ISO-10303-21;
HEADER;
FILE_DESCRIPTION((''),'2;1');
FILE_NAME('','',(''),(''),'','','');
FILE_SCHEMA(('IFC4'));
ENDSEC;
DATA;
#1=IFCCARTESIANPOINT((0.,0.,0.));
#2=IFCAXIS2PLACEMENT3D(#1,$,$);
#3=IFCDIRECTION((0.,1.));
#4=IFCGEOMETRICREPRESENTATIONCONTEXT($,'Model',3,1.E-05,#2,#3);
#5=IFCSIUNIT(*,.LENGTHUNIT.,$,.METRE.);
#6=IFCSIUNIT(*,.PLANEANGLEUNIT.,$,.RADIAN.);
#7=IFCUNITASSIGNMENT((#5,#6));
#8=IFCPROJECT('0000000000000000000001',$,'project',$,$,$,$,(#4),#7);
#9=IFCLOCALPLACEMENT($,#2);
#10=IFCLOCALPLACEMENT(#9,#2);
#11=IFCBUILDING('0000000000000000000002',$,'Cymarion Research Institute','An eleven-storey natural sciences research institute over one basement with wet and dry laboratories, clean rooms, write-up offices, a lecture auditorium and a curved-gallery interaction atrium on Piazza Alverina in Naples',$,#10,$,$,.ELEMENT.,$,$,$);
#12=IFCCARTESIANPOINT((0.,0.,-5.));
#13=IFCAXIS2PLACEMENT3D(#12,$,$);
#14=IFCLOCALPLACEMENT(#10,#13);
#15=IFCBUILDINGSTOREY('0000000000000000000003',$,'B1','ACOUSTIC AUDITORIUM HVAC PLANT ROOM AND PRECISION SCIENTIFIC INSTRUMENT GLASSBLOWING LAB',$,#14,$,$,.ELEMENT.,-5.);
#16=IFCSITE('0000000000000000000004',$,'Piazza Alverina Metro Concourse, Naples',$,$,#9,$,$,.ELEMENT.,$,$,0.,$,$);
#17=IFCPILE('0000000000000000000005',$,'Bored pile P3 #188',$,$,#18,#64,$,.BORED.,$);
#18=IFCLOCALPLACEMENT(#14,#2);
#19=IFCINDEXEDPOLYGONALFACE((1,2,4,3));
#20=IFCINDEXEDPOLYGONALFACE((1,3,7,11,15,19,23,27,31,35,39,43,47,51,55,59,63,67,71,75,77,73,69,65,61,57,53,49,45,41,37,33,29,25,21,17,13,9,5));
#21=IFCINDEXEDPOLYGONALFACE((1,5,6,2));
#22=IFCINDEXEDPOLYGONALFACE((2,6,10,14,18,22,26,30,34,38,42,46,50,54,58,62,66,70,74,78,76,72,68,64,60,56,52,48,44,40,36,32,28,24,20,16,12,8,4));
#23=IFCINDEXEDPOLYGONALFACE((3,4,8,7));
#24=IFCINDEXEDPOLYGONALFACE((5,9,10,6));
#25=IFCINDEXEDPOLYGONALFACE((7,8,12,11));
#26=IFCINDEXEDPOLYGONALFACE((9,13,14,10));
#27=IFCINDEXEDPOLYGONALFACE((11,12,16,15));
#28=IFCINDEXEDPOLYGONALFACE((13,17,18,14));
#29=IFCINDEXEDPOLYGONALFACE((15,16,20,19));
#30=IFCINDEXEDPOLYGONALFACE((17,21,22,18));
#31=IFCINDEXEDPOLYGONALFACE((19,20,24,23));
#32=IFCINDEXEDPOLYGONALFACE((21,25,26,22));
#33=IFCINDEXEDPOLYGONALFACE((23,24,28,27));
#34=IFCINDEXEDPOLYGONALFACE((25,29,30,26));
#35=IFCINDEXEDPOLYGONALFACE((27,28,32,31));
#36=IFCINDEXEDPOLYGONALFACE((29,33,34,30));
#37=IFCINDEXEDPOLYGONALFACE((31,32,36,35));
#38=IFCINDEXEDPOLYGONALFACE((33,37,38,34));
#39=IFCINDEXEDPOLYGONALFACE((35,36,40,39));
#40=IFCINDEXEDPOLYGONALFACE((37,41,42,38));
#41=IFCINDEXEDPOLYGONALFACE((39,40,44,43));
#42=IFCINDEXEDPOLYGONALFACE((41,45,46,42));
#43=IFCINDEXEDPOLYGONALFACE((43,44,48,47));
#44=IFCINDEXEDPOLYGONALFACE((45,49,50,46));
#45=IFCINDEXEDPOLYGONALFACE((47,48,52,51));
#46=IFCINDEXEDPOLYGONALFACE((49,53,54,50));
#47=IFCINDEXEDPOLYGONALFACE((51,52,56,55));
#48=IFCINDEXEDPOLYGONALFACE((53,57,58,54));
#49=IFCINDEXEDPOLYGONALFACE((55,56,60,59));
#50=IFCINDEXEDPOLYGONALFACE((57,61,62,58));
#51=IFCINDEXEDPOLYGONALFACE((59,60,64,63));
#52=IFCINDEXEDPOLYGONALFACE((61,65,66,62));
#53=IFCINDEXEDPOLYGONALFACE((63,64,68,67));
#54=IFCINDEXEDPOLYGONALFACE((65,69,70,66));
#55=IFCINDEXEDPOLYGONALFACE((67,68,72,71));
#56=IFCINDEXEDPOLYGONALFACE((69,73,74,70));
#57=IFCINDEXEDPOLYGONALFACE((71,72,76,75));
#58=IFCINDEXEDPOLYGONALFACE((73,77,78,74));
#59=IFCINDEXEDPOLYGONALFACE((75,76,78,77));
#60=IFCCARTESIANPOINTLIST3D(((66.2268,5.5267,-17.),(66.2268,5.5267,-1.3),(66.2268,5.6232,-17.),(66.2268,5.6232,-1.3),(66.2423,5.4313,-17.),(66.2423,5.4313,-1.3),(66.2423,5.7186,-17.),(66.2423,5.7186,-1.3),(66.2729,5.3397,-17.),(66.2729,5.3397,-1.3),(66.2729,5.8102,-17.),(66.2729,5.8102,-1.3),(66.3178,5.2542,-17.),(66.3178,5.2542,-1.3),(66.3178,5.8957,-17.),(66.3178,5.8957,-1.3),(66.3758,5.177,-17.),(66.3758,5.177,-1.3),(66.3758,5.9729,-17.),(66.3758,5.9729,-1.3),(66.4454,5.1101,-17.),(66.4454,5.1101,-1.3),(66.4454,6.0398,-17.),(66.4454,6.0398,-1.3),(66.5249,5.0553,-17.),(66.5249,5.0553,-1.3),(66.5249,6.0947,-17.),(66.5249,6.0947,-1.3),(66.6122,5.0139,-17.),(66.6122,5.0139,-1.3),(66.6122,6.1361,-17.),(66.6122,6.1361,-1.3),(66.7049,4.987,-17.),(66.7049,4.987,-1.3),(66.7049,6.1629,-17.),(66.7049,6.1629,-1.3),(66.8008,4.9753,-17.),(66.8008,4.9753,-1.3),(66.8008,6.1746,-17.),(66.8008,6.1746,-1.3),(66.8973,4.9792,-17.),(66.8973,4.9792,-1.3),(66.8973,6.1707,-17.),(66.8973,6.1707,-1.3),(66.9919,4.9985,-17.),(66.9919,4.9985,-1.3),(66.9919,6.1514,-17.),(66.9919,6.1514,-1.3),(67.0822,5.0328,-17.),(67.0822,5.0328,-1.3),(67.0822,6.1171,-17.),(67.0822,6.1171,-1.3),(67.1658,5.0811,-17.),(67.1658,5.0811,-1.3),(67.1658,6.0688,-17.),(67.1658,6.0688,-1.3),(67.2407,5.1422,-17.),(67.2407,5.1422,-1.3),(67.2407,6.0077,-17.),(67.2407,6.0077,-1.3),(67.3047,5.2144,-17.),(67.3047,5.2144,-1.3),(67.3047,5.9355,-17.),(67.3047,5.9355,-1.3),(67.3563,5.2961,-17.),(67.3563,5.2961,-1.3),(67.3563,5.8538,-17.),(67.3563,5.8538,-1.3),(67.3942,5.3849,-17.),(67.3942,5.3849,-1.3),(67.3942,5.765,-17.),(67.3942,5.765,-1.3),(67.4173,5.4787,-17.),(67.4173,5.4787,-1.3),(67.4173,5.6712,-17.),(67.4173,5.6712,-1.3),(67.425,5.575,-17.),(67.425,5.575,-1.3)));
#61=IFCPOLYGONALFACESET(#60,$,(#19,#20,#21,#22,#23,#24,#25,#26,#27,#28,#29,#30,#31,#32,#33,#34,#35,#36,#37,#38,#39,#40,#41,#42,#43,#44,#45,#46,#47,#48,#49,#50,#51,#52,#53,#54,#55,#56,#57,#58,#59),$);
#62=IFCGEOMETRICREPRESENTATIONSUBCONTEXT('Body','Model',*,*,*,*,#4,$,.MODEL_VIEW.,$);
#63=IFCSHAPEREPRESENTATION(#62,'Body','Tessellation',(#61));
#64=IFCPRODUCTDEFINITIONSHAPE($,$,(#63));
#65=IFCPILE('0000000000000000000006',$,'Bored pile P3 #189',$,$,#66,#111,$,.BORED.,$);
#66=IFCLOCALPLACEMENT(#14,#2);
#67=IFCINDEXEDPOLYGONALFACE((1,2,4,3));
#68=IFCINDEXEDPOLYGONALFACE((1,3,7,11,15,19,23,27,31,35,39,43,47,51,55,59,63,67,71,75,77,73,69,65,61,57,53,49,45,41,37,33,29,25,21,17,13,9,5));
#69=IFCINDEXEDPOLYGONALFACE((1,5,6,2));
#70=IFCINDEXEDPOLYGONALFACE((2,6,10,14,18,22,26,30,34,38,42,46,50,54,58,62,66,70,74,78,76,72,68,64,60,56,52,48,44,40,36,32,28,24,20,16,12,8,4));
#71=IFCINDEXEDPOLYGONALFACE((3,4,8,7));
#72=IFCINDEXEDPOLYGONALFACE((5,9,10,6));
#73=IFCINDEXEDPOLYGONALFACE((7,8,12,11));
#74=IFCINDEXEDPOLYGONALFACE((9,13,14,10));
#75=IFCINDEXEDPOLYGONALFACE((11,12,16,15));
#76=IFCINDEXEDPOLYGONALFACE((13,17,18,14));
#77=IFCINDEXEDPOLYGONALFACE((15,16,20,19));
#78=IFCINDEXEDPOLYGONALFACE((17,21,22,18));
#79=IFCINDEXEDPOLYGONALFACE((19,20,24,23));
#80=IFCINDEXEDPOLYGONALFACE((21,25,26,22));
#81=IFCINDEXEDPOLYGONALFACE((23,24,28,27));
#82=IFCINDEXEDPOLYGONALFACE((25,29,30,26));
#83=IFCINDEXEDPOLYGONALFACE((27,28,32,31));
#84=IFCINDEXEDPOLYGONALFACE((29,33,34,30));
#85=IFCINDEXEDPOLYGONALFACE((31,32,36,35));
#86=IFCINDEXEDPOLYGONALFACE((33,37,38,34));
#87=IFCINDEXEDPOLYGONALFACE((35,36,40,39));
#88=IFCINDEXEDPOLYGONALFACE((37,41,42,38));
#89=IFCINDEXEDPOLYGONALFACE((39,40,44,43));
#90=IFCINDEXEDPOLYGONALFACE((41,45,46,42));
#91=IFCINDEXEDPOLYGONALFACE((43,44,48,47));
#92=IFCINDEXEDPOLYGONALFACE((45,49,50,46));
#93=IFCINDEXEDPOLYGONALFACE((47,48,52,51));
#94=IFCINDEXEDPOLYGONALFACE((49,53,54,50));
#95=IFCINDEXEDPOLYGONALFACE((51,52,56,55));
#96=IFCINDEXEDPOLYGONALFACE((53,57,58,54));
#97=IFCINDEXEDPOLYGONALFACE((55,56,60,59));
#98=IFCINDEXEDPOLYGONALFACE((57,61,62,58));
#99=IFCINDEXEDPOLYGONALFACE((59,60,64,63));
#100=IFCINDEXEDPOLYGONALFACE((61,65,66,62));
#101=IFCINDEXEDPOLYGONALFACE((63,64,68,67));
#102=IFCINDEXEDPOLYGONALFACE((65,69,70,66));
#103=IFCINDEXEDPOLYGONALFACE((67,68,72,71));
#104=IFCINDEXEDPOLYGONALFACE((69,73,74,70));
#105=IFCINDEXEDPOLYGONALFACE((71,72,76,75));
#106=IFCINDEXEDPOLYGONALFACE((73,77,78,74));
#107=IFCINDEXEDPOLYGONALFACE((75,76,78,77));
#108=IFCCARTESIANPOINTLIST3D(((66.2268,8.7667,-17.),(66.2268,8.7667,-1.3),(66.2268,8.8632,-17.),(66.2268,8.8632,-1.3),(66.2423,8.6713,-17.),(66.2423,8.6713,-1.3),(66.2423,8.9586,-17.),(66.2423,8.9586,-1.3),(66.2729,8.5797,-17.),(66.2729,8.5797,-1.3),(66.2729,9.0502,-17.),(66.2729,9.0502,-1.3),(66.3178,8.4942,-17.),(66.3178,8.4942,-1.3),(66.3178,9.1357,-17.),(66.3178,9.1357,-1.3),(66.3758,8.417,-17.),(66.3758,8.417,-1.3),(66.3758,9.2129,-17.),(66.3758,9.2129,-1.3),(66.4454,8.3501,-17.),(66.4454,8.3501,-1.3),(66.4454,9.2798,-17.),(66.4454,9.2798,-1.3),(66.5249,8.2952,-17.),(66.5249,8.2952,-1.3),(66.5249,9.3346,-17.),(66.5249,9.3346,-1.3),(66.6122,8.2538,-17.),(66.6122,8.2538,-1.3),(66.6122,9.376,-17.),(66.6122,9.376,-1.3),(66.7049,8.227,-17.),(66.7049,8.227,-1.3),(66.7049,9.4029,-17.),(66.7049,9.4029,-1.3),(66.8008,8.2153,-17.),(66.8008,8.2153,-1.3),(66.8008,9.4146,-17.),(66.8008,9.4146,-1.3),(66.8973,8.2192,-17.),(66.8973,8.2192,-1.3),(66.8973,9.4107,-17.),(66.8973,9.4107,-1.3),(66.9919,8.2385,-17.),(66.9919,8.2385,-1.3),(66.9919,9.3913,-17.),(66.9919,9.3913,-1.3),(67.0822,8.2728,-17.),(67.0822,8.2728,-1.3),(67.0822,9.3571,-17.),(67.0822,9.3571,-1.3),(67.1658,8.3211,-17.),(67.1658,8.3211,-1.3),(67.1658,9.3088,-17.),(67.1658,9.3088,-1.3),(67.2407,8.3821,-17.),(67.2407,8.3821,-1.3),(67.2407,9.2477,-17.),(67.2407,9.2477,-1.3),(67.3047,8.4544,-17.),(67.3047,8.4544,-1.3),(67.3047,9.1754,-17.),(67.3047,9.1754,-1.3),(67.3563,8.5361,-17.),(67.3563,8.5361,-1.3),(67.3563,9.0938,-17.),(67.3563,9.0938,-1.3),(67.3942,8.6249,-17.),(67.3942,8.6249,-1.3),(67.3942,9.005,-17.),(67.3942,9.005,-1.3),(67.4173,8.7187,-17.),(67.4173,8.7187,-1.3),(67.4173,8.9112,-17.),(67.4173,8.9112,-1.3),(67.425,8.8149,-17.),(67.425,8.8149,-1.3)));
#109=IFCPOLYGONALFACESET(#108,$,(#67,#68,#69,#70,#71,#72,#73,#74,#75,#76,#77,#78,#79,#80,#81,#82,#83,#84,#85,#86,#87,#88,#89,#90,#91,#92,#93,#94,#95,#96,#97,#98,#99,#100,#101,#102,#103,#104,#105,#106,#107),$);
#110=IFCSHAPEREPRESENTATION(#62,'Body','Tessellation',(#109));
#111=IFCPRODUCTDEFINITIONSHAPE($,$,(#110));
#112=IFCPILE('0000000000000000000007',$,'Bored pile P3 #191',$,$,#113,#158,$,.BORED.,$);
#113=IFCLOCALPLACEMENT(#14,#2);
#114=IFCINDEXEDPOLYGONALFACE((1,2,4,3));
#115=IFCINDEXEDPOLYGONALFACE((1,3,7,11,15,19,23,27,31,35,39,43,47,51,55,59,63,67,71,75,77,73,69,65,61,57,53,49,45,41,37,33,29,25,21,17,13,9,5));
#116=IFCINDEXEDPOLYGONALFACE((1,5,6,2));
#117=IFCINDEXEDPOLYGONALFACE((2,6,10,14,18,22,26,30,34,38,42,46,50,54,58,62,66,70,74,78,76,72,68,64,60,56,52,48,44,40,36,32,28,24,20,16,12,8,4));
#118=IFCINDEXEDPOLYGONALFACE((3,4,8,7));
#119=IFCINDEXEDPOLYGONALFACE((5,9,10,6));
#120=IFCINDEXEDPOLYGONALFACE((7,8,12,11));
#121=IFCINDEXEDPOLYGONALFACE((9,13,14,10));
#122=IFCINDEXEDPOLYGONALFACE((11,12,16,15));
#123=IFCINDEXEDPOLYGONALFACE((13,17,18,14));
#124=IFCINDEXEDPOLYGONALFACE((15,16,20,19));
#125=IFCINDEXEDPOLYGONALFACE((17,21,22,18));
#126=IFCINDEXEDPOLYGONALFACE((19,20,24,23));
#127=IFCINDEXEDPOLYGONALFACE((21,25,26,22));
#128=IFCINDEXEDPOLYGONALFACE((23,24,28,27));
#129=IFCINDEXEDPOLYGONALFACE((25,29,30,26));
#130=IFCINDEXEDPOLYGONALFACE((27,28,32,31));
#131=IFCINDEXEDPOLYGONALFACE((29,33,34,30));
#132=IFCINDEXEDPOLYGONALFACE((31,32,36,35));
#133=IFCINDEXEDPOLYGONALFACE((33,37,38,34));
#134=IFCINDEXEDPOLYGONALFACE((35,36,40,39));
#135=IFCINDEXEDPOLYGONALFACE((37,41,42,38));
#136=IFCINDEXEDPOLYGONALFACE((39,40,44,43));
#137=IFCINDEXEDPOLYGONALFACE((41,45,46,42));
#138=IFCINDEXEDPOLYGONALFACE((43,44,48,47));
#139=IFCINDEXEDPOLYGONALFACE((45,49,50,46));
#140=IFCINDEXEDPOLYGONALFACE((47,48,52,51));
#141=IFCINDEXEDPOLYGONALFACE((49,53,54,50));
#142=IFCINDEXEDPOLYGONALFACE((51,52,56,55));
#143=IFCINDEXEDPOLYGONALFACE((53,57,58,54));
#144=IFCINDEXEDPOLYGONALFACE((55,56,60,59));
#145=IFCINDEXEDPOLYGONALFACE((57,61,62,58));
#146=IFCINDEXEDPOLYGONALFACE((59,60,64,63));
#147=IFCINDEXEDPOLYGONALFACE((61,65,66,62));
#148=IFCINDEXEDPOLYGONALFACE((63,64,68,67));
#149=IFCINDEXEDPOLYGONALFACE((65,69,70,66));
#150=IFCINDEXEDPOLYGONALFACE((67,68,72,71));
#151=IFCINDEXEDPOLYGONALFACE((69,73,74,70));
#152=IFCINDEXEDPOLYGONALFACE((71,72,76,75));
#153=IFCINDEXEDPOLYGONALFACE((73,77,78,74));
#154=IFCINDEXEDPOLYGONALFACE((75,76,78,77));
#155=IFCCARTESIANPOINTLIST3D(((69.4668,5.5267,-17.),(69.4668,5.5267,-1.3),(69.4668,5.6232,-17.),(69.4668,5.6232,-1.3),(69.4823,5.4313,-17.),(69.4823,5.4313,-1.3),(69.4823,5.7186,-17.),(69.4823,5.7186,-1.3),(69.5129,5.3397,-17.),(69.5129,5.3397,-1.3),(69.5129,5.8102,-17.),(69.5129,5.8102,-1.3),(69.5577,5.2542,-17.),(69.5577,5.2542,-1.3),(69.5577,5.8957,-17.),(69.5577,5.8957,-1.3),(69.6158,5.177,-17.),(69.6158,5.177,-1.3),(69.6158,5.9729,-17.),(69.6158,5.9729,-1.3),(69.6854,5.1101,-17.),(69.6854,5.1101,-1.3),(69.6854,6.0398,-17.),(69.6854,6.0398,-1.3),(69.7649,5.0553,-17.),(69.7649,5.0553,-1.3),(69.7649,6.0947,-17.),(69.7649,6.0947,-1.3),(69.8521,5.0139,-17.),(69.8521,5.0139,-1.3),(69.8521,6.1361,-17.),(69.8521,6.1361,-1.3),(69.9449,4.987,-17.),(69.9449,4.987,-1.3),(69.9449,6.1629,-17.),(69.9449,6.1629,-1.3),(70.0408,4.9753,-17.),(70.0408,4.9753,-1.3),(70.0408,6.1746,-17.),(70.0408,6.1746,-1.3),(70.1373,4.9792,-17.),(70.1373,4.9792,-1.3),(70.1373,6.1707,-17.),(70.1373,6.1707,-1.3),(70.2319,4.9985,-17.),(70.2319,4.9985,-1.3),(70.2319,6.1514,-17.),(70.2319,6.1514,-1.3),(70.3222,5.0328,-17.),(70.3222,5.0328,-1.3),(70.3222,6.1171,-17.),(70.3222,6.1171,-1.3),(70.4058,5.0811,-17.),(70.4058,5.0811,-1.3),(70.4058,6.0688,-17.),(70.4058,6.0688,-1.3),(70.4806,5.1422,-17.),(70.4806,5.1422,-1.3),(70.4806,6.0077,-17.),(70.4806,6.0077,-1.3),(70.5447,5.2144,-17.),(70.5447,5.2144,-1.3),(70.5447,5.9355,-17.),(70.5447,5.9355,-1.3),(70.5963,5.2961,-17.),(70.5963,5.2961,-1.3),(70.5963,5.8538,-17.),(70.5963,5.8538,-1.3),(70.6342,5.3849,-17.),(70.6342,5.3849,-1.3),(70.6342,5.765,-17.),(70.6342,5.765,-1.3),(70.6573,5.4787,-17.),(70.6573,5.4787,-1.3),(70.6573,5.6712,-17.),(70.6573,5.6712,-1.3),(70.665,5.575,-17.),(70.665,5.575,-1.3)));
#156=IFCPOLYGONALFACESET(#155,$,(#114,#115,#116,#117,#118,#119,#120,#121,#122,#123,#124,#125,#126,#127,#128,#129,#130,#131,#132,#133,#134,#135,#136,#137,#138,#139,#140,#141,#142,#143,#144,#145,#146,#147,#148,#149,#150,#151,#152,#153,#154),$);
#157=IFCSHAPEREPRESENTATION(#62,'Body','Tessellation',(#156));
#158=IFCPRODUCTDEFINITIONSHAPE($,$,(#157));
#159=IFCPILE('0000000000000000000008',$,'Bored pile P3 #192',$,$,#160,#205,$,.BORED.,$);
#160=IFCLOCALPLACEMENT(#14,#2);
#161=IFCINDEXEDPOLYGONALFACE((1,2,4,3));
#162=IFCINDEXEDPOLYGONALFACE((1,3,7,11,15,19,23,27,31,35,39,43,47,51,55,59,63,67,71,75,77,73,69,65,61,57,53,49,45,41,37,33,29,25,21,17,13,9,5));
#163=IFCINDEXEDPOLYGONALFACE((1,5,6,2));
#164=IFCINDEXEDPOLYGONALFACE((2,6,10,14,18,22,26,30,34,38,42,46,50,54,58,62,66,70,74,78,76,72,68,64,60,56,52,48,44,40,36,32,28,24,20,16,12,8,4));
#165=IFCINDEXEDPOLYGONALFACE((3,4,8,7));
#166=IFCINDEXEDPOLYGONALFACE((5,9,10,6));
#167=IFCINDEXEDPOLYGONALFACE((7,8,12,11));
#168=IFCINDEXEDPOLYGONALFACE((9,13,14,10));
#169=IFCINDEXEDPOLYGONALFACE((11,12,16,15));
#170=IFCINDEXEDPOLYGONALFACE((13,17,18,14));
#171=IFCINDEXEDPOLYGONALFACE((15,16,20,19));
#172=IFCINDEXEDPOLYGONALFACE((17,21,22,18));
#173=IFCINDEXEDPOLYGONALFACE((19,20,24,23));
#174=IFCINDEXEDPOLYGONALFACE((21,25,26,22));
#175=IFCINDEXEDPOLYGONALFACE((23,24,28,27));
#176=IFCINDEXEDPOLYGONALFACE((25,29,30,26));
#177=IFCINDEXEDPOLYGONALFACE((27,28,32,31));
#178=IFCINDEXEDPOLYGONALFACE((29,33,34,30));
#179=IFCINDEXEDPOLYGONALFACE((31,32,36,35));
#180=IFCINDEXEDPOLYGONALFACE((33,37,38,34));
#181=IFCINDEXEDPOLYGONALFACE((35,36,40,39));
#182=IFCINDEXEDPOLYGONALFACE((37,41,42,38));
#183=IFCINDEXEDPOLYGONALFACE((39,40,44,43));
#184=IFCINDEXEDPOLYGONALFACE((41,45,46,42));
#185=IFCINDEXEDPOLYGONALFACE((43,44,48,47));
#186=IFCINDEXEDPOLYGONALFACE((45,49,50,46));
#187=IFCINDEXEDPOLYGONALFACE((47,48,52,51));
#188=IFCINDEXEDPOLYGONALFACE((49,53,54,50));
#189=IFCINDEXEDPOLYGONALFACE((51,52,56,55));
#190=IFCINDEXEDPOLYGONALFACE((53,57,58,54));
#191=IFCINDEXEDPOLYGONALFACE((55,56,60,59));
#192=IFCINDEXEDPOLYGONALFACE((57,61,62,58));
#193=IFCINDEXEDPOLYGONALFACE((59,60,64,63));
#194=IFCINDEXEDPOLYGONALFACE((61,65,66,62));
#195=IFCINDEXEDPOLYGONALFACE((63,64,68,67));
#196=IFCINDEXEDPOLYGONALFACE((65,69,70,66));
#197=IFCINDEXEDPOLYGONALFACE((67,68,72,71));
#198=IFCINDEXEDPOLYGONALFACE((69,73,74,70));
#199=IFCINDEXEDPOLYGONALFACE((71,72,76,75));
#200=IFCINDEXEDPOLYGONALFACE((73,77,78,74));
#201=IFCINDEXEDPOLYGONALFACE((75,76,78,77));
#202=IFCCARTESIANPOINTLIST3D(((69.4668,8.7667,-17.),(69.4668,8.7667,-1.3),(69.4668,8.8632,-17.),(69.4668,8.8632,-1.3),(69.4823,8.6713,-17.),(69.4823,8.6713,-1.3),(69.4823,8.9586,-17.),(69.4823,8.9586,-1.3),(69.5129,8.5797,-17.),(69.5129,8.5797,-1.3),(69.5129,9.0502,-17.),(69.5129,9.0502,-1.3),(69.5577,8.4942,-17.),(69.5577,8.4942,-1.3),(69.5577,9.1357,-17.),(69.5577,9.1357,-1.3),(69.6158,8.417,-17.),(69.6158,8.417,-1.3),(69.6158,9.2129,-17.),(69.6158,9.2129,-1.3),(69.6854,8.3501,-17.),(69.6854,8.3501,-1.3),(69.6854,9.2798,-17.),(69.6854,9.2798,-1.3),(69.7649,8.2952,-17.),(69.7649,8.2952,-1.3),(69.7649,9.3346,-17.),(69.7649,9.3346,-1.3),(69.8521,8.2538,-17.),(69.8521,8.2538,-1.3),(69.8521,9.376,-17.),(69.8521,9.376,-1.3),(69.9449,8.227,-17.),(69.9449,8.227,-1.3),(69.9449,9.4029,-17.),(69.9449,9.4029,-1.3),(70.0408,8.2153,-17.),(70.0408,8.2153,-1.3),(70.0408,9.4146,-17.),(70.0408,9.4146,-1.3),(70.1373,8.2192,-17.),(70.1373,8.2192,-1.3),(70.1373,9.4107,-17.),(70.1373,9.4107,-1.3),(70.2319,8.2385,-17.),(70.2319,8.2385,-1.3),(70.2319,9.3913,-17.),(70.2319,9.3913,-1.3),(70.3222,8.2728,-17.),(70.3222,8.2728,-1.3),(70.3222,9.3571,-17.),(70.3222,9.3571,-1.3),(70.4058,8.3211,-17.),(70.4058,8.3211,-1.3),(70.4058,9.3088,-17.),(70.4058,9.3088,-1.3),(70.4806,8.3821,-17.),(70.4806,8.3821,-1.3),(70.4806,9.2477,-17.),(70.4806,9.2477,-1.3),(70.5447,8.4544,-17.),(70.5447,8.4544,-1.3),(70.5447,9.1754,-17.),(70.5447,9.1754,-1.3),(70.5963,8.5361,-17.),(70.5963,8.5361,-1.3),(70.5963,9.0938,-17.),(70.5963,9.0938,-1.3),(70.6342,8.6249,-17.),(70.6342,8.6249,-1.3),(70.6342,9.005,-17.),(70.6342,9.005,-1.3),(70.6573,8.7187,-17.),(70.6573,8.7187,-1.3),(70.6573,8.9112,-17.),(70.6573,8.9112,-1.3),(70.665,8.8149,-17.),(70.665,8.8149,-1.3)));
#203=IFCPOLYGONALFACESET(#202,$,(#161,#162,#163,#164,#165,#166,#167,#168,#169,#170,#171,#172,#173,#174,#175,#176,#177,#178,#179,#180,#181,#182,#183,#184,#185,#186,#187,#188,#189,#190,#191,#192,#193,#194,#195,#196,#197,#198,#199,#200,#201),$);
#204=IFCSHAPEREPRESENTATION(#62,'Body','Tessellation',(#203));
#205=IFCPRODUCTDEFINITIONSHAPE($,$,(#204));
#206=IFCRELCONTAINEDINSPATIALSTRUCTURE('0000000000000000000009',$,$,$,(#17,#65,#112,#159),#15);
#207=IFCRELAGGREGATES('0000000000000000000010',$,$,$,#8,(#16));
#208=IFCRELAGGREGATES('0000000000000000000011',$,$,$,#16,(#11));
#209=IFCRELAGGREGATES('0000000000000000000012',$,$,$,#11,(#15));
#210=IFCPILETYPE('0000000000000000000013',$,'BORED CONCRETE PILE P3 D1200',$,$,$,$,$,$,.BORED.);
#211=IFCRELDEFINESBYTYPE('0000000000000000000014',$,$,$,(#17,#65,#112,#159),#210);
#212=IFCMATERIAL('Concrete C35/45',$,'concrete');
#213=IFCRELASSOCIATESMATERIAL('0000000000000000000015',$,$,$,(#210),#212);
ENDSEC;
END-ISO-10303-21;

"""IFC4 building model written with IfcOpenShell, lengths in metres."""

from ifc_helpers import new_model, si_unit, direction, frame, origin, origin_2d, place, context, subcontext, project, spatial, circle, extrude, material, material_profile, profile_set, type_object, element, save


model = new_model("IFC4")

# Units and contexts
model_context = context("Model", 3, precision=1e-05, world=origin(), true_north=direction((0.0, 1.0)))
body_context = subcontext(model_context, "Body", "Model", "MODEL_VIEW")
ifc_project = project(units=[si_unit("LENGTHUNIT", "METRE"), si_unit("PLANEANGLEUNIT", "RADIAN")], contexts=[model_context])

# Site, building, storey
site_placement = place(None, origin())
site = spatial("IfcSite", under=ifc_project, at=site_placement, Name="Piazza Alverina Metro Concourse, Naples", CompositionType="ELEMENT", RefElevation=0.0)
building_placement = place(site_placement, origin())
building = spatial("IfcBuilding", under=site, at=building_placement, Name="Cymarion Research Institute", Description="An eleven-storey natural sciences research institute over one basement with wet and dry laboratories, clean rooms, write-up offices, a lecture auditorium and a curved-gallery interaction atrium on Piazza Alverina in Naples", CompositionType="ELEMENT")
storey_placement = place(building_placement, frame((0.0, 0.0, -5.0)))
storey = spatial("IfcBuildingStorey", under=building, at=storey_placement, Name="B1", Description="ACOUSTIC AUDITORIUM HVAC PLANT ROOM AND PRECISION SCIENTIFIC INSTRUMENT GLASSBLOWING LAB", CompositionType="ELEMENT", Elevation=-5.0)

# Piles
ifc_material_1 = material(Name="Concrete C35/45", Category="concrete")
ifc_material_profile_1 = material_profile(ifc_material_1, circle(Radius=0.6001, at=origin_2d()), Name="BORED PILE D1200")
ifc_profile_set_1 = profile_set([ifc_material_profile_1], Name="Concrete C35/45")
pile_type = type_object("IfcPileType", Name="BORED CONCRETE PILE P3 D1200", PredefinedType="BORED", material=ifc_profile_set_1)
for number, where, z_axis, x_axis, name in (
    (1, (66.825, 5.575, -1.3), (0.0, 0.0, -1.0), (1.0, 0.0, 0.0), "Bored pile P3 #188"),
    (2, (66.825, 8.8149, -1.3), (0.0, 0.0, -1.0), (1.0, 0.0, 0.0), "Bored pile P3 #189"),
    (3, (70.0649, 5.575, -1.3), (0.0, 0.0, -1.0), (1.0, 0.0, 0.0), "Bored pile P3 #191"),
    (4, (70.0649, 8.8149, -1.3), (0.0, 0.0, -1.0), (1.0, 0.0, 0.0), "Bored pile P3 #192"),
):
    element("IfcPile", number, at=place(storey_placement, frame(where, z_axis=z_axis, x_axis=x_axis)), inside=storey, type_object=pile_type, Name=name, PredefinedType="BORED", context=body_context, shape_type="SweptSolid", body=[
        extrude(circle(Radius=0.6001, at=origin_2d()), origin(), (0.0, 0.0, 1.0), 15.7),
    ])

save(model, "model.ifc")
